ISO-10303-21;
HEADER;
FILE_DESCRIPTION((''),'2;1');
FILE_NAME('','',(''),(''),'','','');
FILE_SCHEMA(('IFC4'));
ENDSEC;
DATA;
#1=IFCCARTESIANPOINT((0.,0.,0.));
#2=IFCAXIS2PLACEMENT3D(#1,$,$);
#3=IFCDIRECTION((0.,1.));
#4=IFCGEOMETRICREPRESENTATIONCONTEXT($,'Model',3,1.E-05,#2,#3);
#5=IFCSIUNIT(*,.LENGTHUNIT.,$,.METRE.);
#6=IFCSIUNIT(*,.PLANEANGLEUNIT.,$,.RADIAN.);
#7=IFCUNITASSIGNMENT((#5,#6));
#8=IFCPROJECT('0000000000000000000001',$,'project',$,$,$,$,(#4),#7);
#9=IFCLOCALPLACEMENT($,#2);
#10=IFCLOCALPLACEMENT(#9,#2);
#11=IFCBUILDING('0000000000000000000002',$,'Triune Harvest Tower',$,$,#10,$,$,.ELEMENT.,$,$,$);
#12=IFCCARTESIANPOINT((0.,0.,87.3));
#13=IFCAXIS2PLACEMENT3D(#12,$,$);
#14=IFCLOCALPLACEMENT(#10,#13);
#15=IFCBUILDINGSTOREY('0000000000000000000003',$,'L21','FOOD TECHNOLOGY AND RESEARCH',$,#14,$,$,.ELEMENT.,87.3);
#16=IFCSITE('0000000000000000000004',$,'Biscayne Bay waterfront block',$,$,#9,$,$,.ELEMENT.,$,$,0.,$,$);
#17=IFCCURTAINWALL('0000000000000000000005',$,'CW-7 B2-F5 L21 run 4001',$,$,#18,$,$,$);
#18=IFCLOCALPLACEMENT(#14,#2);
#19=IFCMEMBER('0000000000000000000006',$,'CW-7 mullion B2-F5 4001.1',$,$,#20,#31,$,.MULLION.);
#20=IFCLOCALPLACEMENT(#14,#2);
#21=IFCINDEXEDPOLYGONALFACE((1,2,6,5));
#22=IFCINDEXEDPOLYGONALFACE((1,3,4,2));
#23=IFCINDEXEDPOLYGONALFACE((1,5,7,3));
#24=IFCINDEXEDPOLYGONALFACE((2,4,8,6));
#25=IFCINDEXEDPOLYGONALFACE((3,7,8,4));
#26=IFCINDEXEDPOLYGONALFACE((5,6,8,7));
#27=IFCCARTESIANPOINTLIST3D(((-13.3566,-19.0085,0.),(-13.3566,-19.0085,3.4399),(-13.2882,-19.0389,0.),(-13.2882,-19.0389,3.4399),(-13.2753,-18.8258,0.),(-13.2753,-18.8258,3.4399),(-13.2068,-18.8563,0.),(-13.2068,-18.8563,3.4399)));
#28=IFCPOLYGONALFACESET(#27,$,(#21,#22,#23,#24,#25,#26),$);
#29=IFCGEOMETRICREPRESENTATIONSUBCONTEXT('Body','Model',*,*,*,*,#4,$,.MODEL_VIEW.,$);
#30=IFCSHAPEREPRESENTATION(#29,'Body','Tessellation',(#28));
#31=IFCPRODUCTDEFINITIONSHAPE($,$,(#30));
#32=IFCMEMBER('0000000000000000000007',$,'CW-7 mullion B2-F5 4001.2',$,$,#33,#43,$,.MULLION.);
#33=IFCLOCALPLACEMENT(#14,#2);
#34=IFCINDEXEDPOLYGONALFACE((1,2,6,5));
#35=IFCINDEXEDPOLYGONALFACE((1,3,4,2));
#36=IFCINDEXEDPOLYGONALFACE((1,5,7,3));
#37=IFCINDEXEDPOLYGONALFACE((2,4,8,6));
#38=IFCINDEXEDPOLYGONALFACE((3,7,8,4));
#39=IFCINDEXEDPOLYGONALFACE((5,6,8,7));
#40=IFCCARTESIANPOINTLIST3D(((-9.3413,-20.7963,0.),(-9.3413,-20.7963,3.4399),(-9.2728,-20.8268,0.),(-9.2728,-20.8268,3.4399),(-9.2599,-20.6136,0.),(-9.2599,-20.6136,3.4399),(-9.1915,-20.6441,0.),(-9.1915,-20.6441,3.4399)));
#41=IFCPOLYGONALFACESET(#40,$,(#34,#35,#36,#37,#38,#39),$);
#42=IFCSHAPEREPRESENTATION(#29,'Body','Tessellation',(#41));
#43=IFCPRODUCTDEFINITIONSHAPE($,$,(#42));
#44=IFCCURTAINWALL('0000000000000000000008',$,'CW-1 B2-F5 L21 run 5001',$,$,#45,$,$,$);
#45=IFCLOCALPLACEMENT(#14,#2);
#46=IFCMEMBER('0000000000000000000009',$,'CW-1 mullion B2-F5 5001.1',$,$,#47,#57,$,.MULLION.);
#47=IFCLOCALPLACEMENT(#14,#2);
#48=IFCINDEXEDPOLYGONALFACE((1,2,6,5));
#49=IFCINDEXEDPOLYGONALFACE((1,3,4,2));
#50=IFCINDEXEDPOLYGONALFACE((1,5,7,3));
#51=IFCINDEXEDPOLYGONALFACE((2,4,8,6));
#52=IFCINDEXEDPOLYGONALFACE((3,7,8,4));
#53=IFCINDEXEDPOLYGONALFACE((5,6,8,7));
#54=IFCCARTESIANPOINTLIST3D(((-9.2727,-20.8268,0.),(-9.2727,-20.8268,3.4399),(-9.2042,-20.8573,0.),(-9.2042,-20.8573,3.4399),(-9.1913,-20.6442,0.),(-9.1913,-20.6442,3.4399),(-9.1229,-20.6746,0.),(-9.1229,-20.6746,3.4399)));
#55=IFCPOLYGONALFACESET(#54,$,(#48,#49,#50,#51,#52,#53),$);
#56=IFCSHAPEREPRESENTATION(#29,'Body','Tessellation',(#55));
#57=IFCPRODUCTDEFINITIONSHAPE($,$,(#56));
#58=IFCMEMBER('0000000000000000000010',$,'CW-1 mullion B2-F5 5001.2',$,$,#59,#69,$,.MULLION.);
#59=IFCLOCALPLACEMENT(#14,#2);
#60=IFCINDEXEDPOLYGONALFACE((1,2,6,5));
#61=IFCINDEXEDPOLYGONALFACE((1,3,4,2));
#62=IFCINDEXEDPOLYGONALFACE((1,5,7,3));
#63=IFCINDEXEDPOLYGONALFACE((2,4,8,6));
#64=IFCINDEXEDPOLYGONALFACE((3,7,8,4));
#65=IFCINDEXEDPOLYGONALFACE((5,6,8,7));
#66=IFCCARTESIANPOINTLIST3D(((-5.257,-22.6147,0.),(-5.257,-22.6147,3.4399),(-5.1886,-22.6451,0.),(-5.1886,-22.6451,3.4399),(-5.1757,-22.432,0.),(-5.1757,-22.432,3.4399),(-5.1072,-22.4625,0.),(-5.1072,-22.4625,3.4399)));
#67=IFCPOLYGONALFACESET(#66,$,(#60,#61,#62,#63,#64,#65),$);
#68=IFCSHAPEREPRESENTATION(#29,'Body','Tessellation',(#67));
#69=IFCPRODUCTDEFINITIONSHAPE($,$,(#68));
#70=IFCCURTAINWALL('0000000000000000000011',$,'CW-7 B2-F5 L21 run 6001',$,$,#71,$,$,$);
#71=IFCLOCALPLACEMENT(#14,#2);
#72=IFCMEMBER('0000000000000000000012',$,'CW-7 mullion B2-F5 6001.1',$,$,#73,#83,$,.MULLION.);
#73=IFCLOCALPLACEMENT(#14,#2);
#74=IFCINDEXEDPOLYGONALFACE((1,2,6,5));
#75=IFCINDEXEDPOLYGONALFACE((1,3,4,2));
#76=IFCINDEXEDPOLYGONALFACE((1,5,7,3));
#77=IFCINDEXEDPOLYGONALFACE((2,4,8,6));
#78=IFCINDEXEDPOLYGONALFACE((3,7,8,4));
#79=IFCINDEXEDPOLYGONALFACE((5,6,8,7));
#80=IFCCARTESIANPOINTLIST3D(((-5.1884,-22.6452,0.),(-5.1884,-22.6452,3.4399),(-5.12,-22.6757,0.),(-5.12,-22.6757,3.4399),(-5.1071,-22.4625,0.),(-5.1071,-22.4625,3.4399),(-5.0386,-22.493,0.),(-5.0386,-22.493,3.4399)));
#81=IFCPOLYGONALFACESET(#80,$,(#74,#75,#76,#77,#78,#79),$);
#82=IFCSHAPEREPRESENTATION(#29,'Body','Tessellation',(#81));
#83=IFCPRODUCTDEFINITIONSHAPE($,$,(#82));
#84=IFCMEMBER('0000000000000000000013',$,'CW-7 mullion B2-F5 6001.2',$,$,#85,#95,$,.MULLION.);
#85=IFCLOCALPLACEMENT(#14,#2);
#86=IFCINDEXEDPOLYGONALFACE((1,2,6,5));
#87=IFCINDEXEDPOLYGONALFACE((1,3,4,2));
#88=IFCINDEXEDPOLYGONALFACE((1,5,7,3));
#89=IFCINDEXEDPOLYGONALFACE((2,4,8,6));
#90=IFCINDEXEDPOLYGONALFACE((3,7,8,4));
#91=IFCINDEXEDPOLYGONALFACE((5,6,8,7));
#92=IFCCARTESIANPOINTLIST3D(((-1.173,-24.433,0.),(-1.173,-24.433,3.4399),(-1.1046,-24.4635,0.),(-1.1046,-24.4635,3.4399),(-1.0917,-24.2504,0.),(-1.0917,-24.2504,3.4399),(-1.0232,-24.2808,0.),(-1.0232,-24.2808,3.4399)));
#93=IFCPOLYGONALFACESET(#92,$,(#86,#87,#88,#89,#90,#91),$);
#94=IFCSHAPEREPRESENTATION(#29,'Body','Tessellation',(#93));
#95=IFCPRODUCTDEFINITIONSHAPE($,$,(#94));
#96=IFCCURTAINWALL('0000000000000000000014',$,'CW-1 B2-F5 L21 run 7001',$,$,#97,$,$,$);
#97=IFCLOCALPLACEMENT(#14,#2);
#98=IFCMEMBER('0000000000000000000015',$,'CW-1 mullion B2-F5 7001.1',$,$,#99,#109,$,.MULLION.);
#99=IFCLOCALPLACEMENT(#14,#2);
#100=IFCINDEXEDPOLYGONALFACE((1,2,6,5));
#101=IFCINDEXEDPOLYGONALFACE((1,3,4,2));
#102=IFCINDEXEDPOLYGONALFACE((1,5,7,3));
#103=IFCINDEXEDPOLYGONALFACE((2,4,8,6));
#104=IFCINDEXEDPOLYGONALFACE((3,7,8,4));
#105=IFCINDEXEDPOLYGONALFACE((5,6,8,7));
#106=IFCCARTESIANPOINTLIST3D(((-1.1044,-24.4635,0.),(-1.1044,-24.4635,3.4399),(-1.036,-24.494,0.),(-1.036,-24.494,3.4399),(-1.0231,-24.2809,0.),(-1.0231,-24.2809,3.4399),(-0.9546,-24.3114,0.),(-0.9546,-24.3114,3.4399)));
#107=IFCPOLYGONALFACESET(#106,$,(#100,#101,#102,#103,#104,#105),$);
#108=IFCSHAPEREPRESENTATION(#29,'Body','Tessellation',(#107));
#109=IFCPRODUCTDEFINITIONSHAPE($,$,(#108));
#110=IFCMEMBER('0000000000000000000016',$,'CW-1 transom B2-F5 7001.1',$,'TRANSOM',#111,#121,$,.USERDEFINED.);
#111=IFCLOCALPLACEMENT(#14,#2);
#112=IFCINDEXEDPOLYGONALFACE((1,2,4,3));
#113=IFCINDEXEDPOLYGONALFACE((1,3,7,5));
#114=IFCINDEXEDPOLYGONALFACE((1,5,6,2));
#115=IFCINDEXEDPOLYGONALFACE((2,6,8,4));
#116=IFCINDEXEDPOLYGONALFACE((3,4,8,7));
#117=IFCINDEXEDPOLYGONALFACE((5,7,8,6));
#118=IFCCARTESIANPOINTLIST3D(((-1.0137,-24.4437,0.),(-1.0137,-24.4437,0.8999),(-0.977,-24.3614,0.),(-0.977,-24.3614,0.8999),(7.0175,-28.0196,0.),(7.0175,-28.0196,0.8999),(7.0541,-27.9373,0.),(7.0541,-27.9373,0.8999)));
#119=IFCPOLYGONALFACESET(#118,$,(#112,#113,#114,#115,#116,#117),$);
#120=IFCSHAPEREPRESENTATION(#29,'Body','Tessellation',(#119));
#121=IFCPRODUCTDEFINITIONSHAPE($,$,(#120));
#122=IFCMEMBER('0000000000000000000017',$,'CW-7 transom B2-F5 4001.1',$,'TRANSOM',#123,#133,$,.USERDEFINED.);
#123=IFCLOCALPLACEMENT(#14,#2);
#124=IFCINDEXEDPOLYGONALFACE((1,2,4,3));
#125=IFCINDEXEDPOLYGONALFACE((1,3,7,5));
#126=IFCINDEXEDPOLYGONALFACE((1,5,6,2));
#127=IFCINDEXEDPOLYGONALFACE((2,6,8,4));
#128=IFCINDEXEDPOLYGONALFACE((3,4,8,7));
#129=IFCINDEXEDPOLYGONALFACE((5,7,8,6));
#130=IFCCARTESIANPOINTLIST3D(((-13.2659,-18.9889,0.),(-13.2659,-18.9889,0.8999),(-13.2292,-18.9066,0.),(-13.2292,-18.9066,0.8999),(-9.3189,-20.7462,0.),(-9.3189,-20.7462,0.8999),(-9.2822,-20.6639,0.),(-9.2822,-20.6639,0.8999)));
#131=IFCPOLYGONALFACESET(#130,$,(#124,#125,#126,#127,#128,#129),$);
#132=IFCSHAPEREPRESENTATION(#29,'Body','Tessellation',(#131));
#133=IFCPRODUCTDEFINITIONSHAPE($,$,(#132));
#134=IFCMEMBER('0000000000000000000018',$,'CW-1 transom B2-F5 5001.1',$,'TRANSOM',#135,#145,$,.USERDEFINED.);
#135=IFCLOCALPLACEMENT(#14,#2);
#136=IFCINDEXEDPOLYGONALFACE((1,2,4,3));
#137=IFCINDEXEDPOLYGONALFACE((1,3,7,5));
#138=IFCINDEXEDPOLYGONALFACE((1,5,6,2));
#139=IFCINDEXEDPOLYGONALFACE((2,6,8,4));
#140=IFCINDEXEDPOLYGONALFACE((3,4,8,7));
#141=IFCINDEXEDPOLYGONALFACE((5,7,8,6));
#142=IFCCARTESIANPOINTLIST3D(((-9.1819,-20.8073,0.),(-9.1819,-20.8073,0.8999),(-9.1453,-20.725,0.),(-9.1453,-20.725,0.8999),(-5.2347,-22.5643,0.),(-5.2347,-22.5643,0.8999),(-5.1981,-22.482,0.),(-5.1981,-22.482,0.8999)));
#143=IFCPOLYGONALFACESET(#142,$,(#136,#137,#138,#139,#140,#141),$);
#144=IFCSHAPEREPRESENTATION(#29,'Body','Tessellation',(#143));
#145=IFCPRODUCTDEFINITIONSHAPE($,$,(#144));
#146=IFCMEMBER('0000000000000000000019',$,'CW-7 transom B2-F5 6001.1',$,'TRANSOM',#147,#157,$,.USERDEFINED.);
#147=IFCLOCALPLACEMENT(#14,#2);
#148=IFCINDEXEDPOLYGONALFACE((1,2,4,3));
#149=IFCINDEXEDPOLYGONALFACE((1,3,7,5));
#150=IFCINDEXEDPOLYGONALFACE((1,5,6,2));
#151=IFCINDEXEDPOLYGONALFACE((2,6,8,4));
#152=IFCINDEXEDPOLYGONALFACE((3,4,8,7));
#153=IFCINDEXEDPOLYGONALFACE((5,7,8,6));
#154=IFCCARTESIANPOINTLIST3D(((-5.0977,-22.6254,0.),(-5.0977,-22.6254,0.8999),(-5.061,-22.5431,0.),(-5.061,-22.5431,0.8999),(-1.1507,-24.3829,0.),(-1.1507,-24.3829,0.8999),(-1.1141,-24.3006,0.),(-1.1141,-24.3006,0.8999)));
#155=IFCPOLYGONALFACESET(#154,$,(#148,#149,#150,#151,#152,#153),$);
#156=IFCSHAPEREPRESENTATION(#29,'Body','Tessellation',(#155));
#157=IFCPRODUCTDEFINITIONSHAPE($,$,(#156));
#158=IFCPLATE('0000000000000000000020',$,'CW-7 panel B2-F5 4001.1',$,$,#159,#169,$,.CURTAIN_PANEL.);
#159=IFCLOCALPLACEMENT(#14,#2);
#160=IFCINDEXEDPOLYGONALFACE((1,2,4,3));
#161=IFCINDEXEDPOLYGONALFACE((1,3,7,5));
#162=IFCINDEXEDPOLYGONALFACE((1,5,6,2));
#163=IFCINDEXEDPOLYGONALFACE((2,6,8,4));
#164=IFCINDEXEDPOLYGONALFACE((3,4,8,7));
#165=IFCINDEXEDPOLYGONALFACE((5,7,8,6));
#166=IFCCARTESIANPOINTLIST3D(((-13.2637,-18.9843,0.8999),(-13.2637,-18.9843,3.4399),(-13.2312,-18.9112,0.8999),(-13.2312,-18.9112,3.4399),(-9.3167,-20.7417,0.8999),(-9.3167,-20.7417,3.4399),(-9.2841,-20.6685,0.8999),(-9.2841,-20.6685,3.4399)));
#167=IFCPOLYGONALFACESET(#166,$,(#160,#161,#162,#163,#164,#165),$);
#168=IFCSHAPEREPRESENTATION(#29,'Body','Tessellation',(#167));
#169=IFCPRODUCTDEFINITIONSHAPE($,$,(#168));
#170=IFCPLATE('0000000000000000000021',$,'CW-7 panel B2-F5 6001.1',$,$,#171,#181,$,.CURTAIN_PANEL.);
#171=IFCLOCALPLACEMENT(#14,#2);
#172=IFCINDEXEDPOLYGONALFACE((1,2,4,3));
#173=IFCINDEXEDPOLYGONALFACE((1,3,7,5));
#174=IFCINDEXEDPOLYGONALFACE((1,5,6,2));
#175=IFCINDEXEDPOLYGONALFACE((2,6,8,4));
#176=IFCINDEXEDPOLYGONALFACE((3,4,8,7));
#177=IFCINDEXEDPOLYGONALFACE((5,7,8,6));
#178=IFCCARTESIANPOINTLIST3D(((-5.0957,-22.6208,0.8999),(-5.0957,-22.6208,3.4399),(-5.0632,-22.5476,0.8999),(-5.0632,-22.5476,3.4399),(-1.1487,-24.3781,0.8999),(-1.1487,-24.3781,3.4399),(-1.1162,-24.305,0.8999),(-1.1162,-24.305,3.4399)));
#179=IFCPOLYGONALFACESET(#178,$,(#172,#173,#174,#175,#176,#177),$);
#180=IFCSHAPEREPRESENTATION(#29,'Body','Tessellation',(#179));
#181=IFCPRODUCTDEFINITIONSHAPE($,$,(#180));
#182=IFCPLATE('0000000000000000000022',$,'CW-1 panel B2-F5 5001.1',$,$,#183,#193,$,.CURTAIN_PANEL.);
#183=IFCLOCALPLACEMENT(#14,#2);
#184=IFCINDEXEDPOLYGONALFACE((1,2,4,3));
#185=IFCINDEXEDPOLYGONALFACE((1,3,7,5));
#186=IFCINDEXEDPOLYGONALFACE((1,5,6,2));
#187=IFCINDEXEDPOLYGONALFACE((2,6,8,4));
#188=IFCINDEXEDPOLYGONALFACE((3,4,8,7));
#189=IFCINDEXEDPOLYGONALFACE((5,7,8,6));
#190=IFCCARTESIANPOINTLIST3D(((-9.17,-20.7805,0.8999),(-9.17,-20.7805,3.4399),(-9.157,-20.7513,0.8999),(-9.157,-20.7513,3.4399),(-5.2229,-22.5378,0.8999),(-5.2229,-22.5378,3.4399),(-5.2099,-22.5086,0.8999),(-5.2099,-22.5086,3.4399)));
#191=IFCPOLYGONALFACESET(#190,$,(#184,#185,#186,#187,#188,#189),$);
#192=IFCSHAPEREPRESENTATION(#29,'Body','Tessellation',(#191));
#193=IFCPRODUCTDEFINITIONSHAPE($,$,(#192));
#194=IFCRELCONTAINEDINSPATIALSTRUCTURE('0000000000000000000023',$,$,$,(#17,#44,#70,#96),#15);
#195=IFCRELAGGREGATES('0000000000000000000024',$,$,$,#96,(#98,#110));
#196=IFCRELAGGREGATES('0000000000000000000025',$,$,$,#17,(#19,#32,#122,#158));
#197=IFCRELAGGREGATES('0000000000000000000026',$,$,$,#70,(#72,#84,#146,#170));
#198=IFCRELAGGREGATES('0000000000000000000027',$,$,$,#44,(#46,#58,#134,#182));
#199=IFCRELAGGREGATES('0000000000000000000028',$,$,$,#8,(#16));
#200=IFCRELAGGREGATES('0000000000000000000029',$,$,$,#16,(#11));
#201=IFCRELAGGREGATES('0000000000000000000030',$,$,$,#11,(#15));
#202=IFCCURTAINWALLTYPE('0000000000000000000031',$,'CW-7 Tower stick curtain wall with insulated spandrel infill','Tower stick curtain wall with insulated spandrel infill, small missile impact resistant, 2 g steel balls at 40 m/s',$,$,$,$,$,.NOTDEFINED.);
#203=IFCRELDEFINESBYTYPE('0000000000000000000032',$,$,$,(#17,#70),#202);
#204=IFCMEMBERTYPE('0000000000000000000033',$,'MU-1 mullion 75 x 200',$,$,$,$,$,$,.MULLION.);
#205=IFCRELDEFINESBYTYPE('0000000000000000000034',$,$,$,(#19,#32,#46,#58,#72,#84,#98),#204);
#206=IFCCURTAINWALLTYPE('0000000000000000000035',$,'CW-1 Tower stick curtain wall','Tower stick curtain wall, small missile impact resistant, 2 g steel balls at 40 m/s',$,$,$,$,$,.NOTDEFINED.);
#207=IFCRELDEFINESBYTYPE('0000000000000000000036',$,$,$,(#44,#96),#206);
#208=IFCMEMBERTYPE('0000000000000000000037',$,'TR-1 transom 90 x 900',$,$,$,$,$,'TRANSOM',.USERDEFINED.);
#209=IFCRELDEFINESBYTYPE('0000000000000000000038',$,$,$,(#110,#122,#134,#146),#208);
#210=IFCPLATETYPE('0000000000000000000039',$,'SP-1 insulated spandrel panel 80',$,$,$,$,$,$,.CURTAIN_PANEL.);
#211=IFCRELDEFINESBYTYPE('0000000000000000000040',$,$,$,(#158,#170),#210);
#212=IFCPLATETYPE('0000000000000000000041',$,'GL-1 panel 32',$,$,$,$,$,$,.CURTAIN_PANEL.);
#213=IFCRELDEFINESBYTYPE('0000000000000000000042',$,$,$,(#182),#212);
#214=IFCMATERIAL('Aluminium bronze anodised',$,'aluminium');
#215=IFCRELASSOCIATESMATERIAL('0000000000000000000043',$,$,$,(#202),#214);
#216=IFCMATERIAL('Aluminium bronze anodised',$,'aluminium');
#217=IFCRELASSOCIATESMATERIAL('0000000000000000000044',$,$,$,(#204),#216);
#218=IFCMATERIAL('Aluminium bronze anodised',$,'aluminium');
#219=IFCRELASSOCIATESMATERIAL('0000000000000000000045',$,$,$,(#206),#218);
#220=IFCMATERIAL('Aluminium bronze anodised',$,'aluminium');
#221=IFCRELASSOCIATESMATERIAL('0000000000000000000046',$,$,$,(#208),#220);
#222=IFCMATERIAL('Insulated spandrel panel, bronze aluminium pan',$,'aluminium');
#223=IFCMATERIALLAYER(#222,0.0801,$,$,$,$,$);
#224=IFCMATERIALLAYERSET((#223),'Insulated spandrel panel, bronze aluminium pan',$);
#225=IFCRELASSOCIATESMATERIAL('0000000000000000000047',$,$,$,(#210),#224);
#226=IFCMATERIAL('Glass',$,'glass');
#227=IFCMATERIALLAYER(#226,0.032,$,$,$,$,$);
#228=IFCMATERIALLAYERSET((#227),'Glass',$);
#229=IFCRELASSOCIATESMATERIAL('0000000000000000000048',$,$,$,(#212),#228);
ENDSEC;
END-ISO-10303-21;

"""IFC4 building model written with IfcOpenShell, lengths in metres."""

from ifc_helpers import new_model, si_unit, direction, frame, origin, origin_2d, place, context, subcontext, project, spatial, rectangle, extrude, source, transform, mapped, material, layer, layer_set, material_profile, profile_set, type_object, element, aggregate, save


model = new_model("IFC4")

# Units and contexts
model_context = context("Model", 3, precision=1e-05, world=origin(), true_north=direction((0.0, 1.0)))
body_context = subcontext(model_context, "Body", "Model", "MODEL_VIEW")
ifc_project = project(units=[si_unit("LENGTHUNIT", "METRE"), si_unit("PLANEANGLEUNIT", "RADIAN")], contexts=[model_context])

# Site, building, storey
site_placement = place(None, origin())
site = spatial("IfcSite", under=ifc_project, at=site_placement, Name="Biscayne Bay waterfront block", CompositionType="ELEMENT", RefElevation=0.0)
building_placement = place(site_placement, origin())
building = spatial("IfcBuilding", under=site, at=building_placement, Name="Triune Harvest Tower", CompositionType="ELEMENT")
storey_placement = place(building_placement, frame((0.0, 0.0, 87.3)))
storey = spatial("IfcBuildingStorey", under=building, at=storey_placement, Name="L21", Description="FOOD TECHNOLOGY AND RESEARCH", CompositionType="ELEMENT", Elevation=87.3)

# Curtain walls, members
ifc_material_1 = material(Name="Aluminium bronze anodised", Category="aluminium")
curtain_wall_type_1 = type_object("IfcCurtainWallType", Name="CW-7 Tower stick curtain wall with insulated spandrel infill", Description="Tower stick curtain wall with insulated spandrel infill, small missile impact resistant, 2 g steel balls at 40 m/s", PredefinedType="NOTDEFINED", material=ifc_material_1)
curtain_wall_1_placement = place(storey_placement, origin())
curtain_wall_1 = element("IfcCurtainWall", 1, at=curtain_wall_1_placement, inside=storey, type_object=curtain_wall_type_1, Name="CW-7 B2-F5 L21 run 4001")
ifc_material_2 = material(Name="Aluminium bronze anodised", Category="aluminium")
ifc_material_profile_1 = material_profile(ifc_material_2, rectangle(XDim=0.2, YDim=0.075, at=origin_2d()), Name="MU-1 mullion 75 x 200")
ifc_profile_set_1 = profile_set([ifc_material_profile_1], Name="Aluminium bronze anodised")
member_type_1 = type_object("IfcMemberType", Name="MU-1 mullion 75 x 200", PredefinedType="MULLION", material=ifc_profile_set_1)
shared_shape_1 = source(origin(), body_context, "Body", "SweptSolid", [
    extrude(rectangle(XDim=0.2, YDim=0.075, at=origin_2d()), origin(), (0.0, 0.0, 1.0), 3.4399),
])
member_1_placement = place(storey_placement, frame((-13.2817, -18.9324, 0.0), z_axis=(0.0, 0.0, 1.0), x_axis=(0.406734, 0.913547, 0.0)))
member_1 = element("IfcMember", 2, at=member_1_placement, type_object=member_type_1, Name="CW-7 mullion B2-F5 4001.1", PredefinedType="MULLION", context=body_context, shape_type="MappedRepresentation", body=[
    mapped(shared_shape_1, transform((0.0, 0.0, 0.0), scale=1.0)),
])
member_2_placement = place(storey_placement, frame((-9.2664, -20.7202, 0.0), z_axis=(0.0, 0.0, 1.0), x_axis=(0.406734, 0.913547, 0.0)))
member_2 = element("IfcMember", 3, at=member_2_placement, type_object=member_type_1, Name="CW-7 mullion B2-F5 4001.2", PredefinedType="MULLION", context=body_context, shape_type="MappedRepresentation", body=[
    mapped(shared_shape_1, transform((0.0, 0.0, 0.0), scale=1.0)),
])
ifc_material_3 = material(Name="Aluminium bronze anodised", Category="aluminium")
curtain_wall_type_2 = type_object("IfcCurtainWallType", Name="CW-1 Tower stick curtain wall", Description="Tower stick curtain wall, small missile impact resistant, 2 g steel balls at 40 m/s", PredefinedType="NOTDEFINED", material=ifc_material_3)
curtain_wall_2_placement = place(storey_placement, origin())
curtain_wall_2 = element("IfcCurtainWall", 4, at=curtain_wall_2_placement, inside=storey, type_object=curtain_wall_type_2, Name="CW-1 B2-F5 L21 run 5001")
member_3_placement = place(storey_placement, frame((-9.1978, -20.7507, 0.0), z_axis=(0.0, 0.0, 1.0), x_axis=(0.406726, 0.91355, 0.0)))
member_3 = element("IfcMember", 5, at=member_3_placement, type_object=member_type_1, Name="CW-1 mullion B2-F5 5001.1", PredefinedType="MULLION", context=body_context, shape_type="MappedRepresentation", body=[
    mapped(shared_shape_1, transform((0.0, 0.0, 0.0), scale=1.0)),
])
member_4_placement = place(storey_placement, frame((-5.1821, -22.5386, 0.0), z_axis=(0.0, 0.0, 1.0), x_axis=(0.406726, 0.91355, 0.0)))
member_4 = element("IfcMember", 6, at=member_4_placement, type_object=member_type_1, Name="CW-1 mullion B2-F5 5001.2", PredefinedType="MULLION", context=body_context, shape_type="MappedRepresentation", body=[
    mapped(shared_shape_1, transform((0.0, 0.0, 0.0), scale=1.0)),
])
curtain_wall_3_placement = place(storey_placement, origin())
curtain_wall_3 = element("IfcCurtainWall", 7, at=curtain_wall_3_placement, inside=storey, type_object=curtain_wall_type_1, Name="CW-7 B2-F5 L21 run 6001")
member_5_placement = place(storey_placement, frame((-5.1135, -22.5691, 0.0), z_axis=(0.0, 0.0, 1.0), x_axis=(0.406744, 0.913542, 0.0)))
member_5 = element("IfcMember", 8, at=member_5_placement, type_object=member_type_1, Name="CW-7 mullion B2-F5 6001.1", PredefinedType="MULLION", context=body_context, shape_type="MappedRepresentation", body=[
    mapped(shared_shape_1, transform((0.0, 0.0, 0.0), scale=1.0)),
])
member_6_placement = place(storey_placement, frame((-1.0981, -24.3569, 0.0), z_axis=(0.0, 0.0, 1.0), x_axis=(0.406744, 0.913542, 0.0)))
member_6 = element("IfcMember", 9, at=member_6_placement, type_object=member_type_1, Name="CW-7 mullion B2-F5 6001.2", PredefinedType="MULLION", context=body_context, shape_type="MappedRepresentation", body=[
    mapped(shared_shape_1, transform((0.0, 0.0, 0.0), scale=1.0)),
])
curtain_wall_4_placement = place(storey_placement, origin())
curtain_wall_4 = element("IfcCurtainWall", 10, at=curtain_wall_4_placement, inside=storey, type_object=curtain_wall_type_2, Name="CW-1 B2-F5 L21 run 7001")
member_7_placement = place(storey_placement, frame((-1.0295, -24.3875, 0.0), z_axis=(0.0, 0.0, 1.0), x_axis=(0.406739, 0.913544, 0.0)))
member_7 = element("IfcMember", 11, at=member_7_placement, type_object=member_type_1, Name="CW-1 mullion B2-F5 7001.1", PredefinedType="MULLION", context=body_context, shape_type="MappedRepresentation", body=[
    mapped(shared_shape_1, transform((0.0, 0.0, 0.0), scale=1.0)),
])
ifc_material_4 = material(Name="Aluminium bronze anodised", Category="aluminium")
ifc_material_profile_2 = material_profile(ifc_material_4, rectangle(XDim=0.0901, YDim=0.8999, at=origin_2d()), Name="TR-1 transom 90 x 900")
ifc_profile_set_2 = profile_set([ifc_material_profile_2], Name="Aluminium bronze anodised")
member_type_2 = type_object("IfcMemberType", Name="TR-1 transom 90 x 900", ElementType="TRANSOM", PredefinedType="USERDEFINED", material=ifc_profile_set_2)
shared_shape_2 = source(origin(), body_context, "Body", "SweptSolid", [
    extrude(rectangle(XDim=0.0901, YDim=0.8999, at=origin_2d()), origin(), (0.0, 0.0, 1.0), 8.7913),
])
member_8_placement = place(storey_placement, frame((-0.9954, -24.4026, 0.45), z_axis=(0.913538, -0.406754, 0.0), x_axis=(0.406754, 0.913538, 0.0)))
member_8 = element("IfcMember", 12, at=member_8_placement, type_object=member_type_2, Name="CW-1 transom B2-F5 7001.1", ObjectType="TRANSOM", PredefinedType="USERDEFINED", context=body_context, shape_type="MappedRepresentation", body=[
    mapped(shared_shape_2, transform((0.0, 0.0, 0.0), scale=1.0)),
])
aggregate(curtain_wall_4, [member_7, member_8])

# Members
shared_shape_3 = source(origin(), body_context, "Body", "SweptSolid", [
    extrude(rectangle(XDim=0.0901, YDim=0.8999, at=origin_2d()), origin(), (0.0, 0.0, 1.0), 4.3206),
])
member_9_placement = place(storey_placement, frame((-13.2476, -18.9478, 0.45), z_axis=(0.913546, -0.406736, 0.0), x_axis=(0.406736, 0.913546, 0.0)))
member_9 = element("IfcMember", 13, at=member_9_placement, type_object=member_type_2, Name="CW-7 transom B2-F5 4001.1", ObjectType="TRANSOM", PredefinedType="USERDEFINED", context=body_context, shape_type="MappedRepresentation", body=[
    mapped(shared_shape_3, transform((0.0, 0.0, 0.0), scale=1.0)),
])
member_10_placement = place(storey_placement, frame((-9.1636, -20.7661, 0.45), z_axis=(0.913576, -0.406668, 0.0), x_axis=(0.406668, 0.913576, 0.0)))
member_10 = element("IfcMember", 14, at=member_10_placement, type_object=member_type_2, Name="CW-1 transom B2-F5 5001.1", ObjectType="TRANSOM", PredefinedType="USERDEFINED", context=body_context, shape_type="MappedRepresentation", body=[
    mapped(shared_shape_3, transform((0.0, 0.0, 0.0), scale=1.0)),
])
member_11_placement = place(storey_placement, frame((-5.0793, -22.5842, 0.45), z_axis=(0.913525, -0.406783, 0.0), x_axis=(0.406783, 0.913525, 0.0)))
member_11 = element("IfcMember", 15, at=member_11_placement, type_object=member_type_2, Name="CW-7 transom B2-F5 6001.1", ObjectType="TRANSOM", PredefinedType="USERDEFINED", context=body_context, shape_type="MappedRepresentation", body=[
    mapped(shared_shape_3, transform((0.0, 0.0, 0.0), scale=1.0)),
])

# Plates
ifc_material_5 = material(Name="Insulated spandrel panel, bronze aluminium pan", Category="aluminium")
ifc_layer_1 = layer(ifc_material_5, 0.0801)
ifc_layer_set_1 = layer_set([ifc_layer_1], Name="Insulated spandrel panel, bronze aluminium pan")
plate_type_1 = type_object("IfcPlateType", Name="SP-1 insulated spandrel panel 80", PredefinedType="CURTAIN_PANEL", material=ifc_layer_set_1)
shared_shape_4 = source(origin(), body_context, "Body", "SweptSolid", [
    extrude(rectangle(XDim=4.3206, YDim=0.0801, at=origin_2d()), origin(), (0.0, 0.0, 1.0), 2.54),
])
plate_1_placement = place(storey_placement, frame((-11.2739, -19.8264, 0.8999), z_axis=(0.0, 0.0, 1.0), x_axis=(0.913547, -0.406734, 0.0)))
plate_1 = element("IfcPlate", 16, at=plate_1_placement, type_object=plate_type_1, Name="CW-7 panel B2-F5 4001.1", PredefinedType="CURTAIN_PANEL", context=body_context, shape_type="MappedRepresentation", body=[
    mapped(shared_shape_4, transform((0.0, 0.0, 0.0), scale=1.0)),
])
aggregate(curtain_wall_1, [member_1, member_2, member_9, plate_1])
plate_2_placement = place(storey_placement, frame((-3.106, -23.4629, 0.8999), z_axis=(0.0, 0.0, 1.0), x_axis=(0.913542, -0.406744, 0.0)))
plate_2 = element("IfcPlate", 17, at=plate_2_placement, type_object=plate_type_1, Name="CW-7 panel B2-F5 6001.1", PredefinedType="CURTAIN_PANEL", context=body_context, shape_type="MappedRepresentation", body=[
    mapped(shared_shape_4, transform((0.0, 0.0, 0.0), scale=1.0)),
])
aggregate(curtain_wall_3, [member_5, member_6, member_11, plate_2])
ifc_material_6 = material(Name="Glass", Category="glass")
ifc_layer_2 = layer(ifc_material_6, 0.032)
ifc_layer_set_2 = layer_set([ifc_layer_2], Name="Glass")
plate_type_2 = type_object("IfcPlateType", Name="GL-1 panel 32", PredefinedType="CURTAIN_PANEL", material=ifc_layer_set_2)
shared_shape_5 = source(origin(), body_context, "Body", "SweptSolid", [
    extrude(rectangle(XDim=4.3206, YDim=0.032, at=origin_2d()), origin(), (0.0, 0.0, 1.0), 2.54),
])
plate_3_placement = place(storey_placement, frame((-7.1899, -21.6445, 0.8999), z_axis=(0.0, 0.0, 1.0), x_axis=(0.91355, -0.406726, 0.0)))
plate_3 = element("IfcPlate", 18, at=plate_3_placement, type_object=plate_type_2, Name="CW-1 panel B2-F5 5001.1", PredefinedType="CURTAIN_PANEL", context=body_context, shape_type="MappedRepresentation", body=[
    mapped(shared_shape_5, transform((0.0, 0.0, 0.0), scale=1.0)),
])
aggregate(curtain_wall_2, [member_3, member_4, member_10, plate_3])

save(model, "model.ifc")
